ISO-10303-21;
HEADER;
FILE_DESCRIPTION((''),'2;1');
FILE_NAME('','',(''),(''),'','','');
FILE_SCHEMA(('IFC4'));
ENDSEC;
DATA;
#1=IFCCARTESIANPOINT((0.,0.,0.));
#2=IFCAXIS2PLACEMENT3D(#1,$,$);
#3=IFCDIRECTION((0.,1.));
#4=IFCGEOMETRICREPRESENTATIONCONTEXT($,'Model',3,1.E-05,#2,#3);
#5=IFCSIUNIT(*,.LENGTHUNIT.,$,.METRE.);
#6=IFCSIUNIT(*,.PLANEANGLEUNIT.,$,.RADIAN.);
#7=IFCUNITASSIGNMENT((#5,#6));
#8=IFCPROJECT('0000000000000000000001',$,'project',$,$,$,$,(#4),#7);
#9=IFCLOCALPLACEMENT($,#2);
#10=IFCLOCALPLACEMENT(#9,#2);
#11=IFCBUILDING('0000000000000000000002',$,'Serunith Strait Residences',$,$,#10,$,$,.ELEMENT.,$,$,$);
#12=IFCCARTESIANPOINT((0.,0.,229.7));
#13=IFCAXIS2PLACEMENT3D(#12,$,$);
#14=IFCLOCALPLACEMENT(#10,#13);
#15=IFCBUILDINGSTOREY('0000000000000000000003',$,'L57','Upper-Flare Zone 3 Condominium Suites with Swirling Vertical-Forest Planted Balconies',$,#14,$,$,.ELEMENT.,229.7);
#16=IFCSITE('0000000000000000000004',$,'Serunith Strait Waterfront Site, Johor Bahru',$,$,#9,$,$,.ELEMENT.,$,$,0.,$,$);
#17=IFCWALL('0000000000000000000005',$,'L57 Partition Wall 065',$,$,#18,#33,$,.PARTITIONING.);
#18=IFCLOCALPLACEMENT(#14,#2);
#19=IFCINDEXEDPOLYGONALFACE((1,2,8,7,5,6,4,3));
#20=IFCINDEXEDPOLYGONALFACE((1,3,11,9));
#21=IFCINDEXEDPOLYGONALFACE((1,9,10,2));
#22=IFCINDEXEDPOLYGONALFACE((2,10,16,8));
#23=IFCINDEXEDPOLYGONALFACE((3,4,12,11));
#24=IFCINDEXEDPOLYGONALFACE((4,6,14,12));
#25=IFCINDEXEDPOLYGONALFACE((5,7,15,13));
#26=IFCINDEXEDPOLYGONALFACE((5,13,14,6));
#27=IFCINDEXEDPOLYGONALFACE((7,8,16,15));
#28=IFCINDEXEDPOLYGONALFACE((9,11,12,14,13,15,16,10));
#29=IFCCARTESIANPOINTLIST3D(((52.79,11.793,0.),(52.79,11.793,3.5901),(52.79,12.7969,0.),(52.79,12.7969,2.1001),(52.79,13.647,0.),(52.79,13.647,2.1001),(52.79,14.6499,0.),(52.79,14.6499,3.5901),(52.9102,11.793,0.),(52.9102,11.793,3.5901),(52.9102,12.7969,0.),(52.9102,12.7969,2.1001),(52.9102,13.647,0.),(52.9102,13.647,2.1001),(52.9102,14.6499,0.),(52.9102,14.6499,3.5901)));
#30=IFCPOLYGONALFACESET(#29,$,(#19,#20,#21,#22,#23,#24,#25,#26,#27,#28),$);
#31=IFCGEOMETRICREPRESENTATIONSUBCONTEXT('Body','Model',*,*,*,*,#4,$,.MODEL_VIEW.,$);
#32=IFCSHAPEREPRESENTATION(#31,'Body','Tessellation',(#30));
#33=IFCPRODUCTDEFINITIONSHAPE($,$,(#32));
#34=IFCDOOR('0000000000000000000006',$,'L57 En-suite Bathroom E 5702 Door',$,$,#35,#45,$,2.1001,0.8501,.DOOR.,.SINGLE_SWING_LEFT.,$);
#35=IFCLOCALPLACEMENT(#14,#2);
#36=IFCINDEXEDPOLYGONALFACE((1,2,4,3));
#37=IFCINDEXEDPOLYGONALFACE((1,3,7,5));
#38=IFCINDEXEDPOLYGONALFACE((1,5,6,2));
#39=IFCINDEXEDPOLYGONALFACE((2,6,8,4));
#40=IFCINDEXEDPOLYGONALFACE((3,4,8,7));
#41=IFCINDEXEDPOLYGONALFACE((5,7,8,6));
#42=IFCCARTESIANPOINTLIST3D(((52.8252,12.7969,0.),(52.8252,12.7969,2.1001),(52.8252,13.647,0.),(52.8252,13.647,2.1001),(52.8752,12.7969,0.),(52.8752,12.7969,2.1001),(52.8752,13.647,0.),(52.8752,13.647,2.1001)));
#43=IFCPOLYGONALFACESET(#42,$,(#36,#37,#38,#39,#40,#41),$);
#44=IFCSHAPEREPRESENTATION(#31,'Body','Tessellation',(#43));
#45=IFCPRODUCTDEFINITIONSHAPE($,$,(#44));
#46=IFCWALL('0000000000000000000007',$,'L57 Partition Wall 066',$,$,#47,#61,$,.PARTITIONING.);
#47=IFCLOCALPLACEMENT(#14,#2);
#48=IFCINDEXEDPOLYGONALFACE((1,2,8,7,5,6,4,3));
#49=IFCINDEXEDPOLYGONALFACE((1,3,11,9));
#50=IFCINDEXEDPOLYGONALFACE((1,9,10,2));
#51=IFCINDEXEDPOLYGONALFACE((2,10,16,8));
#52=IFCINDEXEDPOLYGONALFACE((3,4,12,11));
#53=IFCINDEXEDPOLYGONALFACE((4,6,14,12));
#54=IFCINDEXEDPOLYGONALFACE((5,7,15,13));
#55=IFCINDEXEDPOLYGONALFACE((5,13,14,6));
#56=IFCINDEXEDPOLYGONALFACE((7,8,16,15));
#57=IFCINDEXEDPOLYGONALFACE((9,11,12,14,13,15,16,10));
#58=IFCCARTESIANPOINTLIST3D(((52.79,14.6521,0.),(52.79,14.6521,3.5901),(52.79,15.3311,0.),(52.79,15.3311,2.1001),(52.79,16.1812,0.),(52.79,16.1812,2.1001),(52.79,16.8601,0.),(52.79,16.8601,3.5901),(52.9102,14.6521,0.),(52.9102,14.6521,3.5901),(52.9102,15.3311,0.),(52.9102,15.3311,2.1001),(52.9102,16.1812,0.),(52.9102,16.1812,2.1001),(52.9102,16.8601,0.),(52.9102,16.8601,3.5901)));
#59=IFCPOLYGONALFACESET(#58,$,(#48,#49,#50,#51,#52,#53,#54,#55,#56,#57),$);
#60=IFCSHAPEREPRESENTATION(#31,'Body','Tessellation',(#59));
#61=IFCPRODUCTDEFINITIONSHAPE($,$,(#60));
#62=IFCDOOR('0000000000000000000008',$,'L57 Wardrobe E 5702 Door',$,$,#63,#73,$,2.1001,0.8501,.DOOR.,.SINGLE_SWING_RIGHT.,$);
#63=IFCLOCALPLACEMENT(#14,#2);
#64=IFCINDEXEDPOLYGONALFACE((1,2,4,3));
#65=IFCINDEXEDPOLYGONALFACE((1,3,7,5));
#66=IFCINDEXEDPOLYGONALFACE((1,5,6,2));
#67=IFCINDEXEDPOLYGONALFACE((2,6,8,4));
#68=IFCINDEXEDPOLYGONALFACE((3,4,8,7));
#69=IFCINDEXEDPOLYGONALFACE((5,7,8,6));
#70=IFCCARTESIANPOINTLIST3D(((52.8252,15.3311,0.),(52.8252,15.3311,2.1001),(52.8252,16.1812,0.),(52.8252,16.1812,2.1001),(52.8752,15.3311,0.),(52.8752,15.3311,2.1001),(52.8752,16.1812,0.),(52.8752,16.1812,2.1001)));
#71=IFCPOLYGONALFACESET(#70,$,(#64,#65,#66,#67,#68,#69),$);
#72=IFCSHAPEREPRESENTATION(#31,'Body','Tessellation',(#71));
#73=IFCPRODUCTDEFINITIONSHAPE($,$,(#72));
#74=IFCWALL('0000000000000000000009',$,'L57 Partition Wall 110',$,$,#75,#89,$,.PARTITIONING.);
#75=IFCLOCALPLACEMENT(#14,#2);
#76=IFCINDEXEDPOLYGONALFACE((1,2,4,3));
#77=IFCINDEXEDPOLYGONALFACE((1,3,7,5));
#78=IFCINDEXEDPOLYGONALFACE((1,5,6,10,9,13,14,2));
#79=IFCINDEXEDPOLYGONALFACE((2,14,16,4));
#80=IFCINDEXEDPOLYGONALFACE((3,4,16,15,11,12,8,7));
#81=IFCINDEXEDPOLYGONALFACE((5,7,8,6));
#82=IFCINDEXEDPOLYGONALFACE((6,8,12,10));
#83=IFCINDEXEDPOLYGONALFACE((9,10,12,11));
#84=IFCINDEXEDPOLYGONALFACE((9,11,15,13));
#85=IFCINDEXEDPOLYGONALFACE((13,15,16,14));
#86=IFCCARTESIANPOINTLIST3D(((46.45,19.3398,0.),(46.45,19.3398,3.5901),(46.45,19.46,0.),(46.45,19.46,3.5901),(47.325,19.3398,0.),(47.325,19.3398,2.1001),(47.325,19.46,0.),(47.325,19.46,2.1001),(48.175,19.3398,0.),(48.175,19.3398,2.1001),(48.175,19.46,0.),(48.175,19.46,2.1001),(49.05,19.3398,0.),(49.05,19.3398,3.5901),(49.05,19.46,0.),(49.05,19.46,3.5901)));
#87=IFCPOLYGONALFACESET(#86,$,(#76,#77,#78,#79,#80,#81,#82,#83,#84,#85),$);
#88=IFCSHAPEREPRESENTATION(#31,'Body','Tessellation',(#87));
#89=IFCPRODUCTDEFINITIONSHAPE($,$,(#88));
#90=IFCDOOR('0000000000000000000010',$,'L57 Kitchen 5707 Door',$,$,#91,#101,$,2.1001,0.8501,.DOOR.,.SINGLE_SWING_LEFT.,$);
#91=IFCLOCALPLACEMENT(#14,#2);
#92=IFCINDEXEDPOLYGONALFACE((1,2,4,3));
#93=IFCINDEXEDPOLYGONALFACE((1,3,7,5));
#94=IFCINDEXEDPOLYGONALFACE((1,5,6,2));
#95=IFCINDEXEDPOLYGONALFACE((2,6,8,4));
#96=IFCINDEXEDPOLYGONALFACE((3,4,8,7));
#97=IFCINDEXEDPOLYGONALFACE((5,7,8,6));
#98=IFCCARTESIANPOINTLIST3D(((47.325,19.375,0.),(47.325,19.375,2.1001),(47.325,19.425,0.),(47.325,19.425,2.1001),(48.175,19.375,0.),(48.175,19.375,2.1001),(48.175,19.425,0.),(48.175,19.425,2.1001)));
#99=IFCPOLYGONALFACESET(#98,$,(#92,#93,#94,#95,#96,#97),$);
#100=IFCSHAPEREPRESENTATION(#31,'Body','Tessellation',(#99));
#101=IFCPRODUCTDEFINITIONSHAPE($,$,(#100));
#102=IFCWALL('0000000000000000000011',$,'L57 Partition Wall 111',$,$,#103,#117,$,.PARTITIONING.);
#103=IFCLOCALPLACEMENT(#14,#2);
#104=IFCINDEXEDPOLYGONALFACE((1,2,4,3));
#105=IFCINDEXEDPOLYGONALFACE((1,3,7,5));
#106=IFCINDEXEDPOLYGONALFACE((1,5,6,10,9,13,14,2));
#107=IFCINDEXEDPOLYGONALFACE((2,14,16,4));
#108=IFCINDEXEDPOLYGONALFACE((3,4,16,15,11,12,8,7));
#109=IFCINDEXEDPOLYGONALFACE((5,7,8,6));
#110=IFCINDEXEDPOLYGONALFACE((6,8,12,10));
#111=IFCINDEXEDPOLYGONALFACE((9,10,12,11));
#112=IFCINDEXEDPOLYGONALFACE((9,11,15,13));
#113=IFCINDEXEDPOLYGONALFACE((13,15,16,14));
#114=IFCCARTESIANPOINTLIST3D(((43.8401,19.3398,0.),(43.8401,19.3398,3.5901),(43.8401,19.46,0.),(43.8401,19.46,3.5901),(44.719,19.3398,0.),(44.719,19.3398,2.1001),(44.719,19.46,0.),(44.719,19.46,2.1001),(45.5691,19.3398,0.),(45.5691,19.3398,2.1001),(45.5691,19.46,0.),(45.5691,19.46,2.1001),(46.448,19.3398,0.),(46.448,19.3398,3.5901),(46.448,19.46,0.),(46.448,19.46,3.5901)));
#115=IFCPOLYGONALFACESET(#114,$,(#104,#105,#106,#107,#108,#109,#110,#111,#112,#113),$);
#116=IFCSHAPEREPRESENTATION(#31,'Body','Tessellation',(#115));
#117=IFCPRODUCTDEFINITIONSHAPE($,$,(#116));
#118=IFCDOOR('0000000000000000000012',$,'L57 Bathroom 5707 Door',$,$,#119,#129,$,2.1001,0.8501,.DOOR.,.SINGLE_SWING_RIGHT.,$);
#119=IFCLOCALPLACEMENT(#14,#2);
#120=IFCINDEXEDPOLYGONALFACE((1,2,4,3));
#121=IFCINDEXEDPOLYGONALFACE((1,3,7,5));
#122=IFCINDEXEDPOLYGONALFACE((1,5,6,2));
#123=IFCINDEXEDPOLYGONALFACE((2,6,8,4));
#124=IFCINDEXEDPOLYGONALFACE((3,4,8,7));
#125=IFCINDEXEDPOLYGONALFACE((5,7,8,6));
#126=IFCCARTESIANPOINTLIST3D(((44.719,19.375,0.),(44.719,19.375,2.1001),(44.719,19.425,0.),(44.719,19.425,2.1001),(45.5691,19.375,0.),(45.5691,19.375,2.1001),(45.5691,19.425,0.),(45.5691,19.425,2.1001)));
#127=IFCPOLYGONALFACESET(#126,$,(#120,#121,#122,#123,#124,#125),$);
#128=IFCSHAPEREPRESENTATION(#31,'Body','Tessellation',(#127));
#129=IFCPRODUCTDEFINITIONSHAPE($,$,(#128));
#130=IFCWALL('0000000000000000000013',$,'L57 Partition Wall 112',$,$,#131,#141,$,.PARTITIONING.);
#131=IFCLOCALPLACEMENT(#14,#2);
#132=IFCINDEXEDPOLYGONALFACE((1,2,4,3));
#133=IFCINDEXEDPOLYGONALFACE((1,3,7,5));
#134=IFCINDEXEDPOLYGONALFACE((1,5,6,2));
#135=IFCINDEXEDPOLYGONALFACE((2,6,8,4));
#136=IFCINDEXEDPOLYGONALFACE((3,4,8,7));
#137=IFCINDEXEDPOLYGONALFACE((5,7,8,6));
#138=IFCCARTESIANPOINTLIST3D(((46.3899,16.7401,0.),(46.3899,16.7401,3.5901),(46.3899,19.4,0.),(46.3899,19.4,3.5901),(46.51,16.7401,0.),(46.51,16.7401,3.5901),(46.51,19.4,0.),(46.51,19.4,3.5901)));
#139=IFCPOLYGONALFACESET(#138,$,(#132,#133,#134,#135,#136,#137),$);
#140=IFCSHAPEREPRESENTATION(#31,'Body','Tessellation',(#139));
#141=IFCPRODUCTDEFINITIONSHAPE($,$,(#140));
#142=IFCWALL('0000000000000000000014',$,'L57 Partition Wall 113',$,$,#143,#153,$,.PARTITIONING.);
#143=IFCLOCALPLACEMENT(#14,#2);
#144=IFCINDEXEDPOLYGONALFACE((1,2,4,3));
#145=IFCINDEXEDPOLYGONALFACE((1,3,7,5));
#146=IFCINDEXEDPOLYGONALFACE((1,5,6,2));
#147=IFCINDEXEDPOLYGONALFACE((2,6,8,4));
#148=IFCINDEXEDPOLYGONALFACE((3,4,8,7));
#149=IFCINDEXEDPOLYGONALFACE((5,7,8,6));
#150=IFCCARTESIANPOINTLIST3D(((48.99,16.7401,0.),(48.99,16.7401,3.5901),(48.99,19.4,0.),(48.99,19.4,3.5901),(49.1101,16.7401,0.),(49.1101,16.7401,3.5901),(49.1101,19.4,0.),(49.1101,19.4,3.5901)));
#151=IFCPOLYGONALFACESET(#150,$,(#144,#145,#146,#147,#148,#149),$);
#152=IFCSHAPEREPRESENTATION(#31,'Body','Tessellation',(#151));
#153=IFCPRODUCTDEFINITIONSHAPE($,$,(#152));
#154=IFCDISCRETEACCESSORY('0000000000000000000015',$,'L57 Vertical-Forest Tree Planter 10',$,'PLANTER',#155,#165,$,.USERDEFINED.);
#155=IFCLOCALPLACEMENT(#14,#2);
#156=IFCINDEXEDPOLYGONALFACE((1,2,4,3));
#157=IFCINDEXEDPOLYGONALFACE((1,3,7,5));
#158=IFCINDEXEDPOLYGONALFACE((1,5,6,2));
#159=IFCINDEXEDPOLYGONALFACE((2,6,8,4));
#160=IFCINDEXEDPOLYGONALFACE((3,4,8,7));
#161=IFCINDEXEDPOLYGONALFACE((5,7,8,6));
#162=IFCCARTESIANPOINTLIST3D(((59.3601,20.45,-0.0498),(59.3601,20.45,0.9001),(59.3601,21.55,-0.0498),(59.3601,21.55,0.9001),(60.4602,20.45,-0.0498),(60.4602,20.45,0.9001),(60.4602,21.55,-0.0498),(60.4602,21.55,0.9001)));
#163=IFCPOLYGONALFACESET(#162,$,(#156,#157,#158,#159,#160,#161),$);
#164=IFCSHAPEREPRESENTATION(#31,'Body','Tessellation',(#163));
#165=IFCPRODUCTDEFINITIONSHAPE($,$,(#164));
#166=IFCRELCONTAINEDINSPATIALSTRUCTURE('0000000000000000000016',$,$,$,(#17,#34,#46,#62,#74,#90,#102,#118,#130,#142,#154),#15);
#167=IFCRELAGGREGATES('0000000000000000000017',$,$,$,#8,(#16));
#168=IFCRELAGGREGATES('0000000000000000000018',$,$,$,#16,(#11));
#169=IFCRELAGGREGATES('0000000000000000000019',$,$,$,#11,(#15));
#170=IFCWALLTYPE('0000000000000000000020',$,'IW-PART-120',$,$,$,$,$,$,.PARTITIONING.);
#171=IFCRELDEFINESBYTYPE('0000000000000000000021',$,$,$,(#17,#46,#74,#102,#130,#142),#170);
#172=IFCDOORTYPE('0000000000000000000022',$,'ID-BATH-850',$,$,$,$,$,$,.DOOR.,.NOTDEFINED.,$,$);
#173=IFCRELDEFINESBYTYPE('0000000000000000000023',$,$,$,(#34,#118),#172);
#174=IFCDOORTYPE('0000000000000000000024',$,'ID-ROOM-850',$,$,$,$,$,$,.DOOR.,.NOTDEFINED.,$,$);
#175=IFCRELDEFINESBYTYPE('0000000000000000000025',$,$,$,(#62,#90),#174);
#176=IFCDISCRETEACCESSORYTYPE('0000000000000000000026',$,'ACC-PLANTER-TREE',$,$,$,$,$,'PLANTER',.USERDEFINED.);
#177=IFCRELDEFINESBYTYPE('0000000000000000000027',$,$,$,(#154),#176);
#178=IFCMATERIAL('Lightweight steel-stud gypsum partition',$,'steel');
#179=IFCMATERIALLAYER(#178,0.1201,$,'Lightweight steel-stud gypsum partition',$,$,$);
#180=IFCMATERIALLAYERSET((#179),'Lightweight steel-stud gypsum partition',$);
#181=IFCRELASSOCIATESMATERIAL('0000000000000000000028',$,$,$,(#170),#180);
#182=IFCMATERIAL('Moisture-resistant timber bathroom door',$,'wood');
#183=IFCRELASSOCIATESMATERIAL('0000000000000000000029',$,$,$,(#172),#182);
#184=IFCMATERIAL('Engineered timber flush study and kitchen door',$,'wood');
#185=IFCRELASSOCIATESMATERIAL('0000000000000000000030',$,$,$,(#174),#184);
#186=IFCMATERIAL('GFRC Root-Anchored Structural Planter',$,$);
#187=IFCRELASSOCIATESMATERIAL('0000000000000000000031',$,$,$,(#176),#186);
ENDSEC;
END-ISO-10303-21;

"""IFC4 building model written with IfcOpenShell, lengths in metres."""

from ifc_helpers import new_model, si_unit, direction, frame, frame_2d, origin, origin_2d, place, context, subcontext, project, spatial, rectangle, extrude, source, transform, mapped, material, layer, layer_set, type_object, element, fill, save


model = new_model("IFC4")

# Units and contexts
model_context = context("Model", 3, precision=1e-05, world=origin(), true_north=direction((0.0, 1.0)))
body_context = subcontext(model_context, "Body", "Model", "MODEL_VIEW")
ifc_project = project(units=[si_unit("LENGTHUNIT", "METRE"), si_unit("PLANEANGLEUNIT", "RADIAN")], contexts=[model_context])

# Site, building, storey
site_placement = place(None, origin())
site = spatial("IfcSite", under=ifc_project, at=site_placement, Name="Serunith Strait Waterfront Site, Johor Bahru", CompositionType="ELEMENT", RefElevation=0.0)
building_placement = place(site_placement, origin())
building = spatial("IfcBuilding", under=site, at=building_placement, Name="Serunith Strait Residences", CompositionType="ELEMENT")
storey_placement = place(building_placement, frame((0.0, 0.0, 229.7)))
storey = spatial("IfcBuildingStorey", under=building, at=storey_placement, Name="L57", Description="Upper-Flare Zone 3 Condominium Suites with Swirling Vertical-Forest Planted Balconies", CompositionType="ELEMENT", Elevation=229.7)

# Shared definitions
ifc_material_1 = material(Name="Lightweight steel-stud gypsum partition", Category="steel")
ifc_layer_1 = layer(ifc_material_1, 0.1201, Name="Lightweight steel-stud gypsum partition")
ifc_layer_set_1 = layer_set([ifc_layer_1], Name="Lightweight steel-stud gypsum partition")
wall_type = type_object("IfcWallType", Name="IW-PART-120", PredefinedType="PARTITIONING", material=ifc_layer_set_1)
ifc_material_2 = material(Name="Moisture-resistant timber bathroom door", Category="wood")
door_type_1 = type_object("IfcDoorType", Name="ID-BATH-850", OperationType="NOTDEFINED", PredefinedType="DOOR", material=ifc_material_2)
shared_shape_1 = source(origin(), body_context, "Body", "SweptSolid", [
    extrude(rectangle(XDim=0.8501, YDim=2.1001, at=frame_2d((0.425, 1.05))), frame((0.0, 0.0249, 0.0), z_axis=(0.0, -1.0, 0.0), x_axis=(1.0, 0.0, 0.0)), (0.0, 0.0, 1.0), 0.05),
])
ifc_material_3 = material(Name="Engineered timber flush study and kitchen door", Category="wood")
door_type_2 = type_object("IfcDoorType", Name="ID-ROOM-850", OperationType="NOTDEFINED", PredefinedType="DOOR", material=ifc_material_3)

# Walls, openings, doors
wall_1_placement = place(storey_placement, frame((52.8501, 11.793, 0.0), z_axis=(0.0, 0.0, 1.0), x_axis=(0.0, 1.0, 0.0)))
wall_1 = element("IfcWall", 1, at=wall_1_placement, inside=storey, type_object=wall_type, Name="L57 Partition Wall 065", PredefinedType="PARTITIONING", context=body_context, shape_type="SweptSolid", body=[
    extrude(rectangle(XDim=2.8569, YDim=0.1201, at=frame_2d((1.4285, 0.0))), origin(), (0.0, 0.0, 1.0), 3.5901),
])
opening_1_placement = place(wall_1_placement, frame((1.0039, 0.0, 0.0)))
opening_1 = element("IfcOpeningElement", 2, at=opening_1_placement, cuts=wall_1, PredefinedType="OPENING", context=body_context, shape_type="SweptSolid", body=[
    extrude(rectangle(XDim=0.8501, YDim=2.1001, at=frame_2d((0.425, 1.05))), frame((0.0, 0.0701, 0.0), z_axis=(0.0, -1.0, 0.0), x_axis=(1.0, 0.0, 0.0)), (0.0, 0.0, 1.0), 0.1401),
])
door_1_placement = place(opening_1_placement, origin())
door_1 = element("IfcDoor", 3, at=door_1_placement, inside=storey, type_object=door_type_1, Name="L57 En-suite Bathroom E 5702 Door", OperationType="SINGLE_SWING_LEFT", OverallHeight=2.1001, OverallWidth=0.8501, PredefinedType="DOOR", context=body_context, shape_type="MappedRepresentation", body=[
    mapped(shared_shape_1, transform((0.0, 0.0, 0.0), scale=1.0)),
])
fill(opening_1, door_1)
wall_2_placement = place(storey_placement, frame((52.8501, 14.6521, 0.0), z_axis=(0.0, 0.0, 1.0), x_axis=(0.0, 1.0, 0.0)))
wall_2 = element("IfcWall", 4, at=wall_2_placement, inside=storey, type_object=wall_type, Name="L57 Partition Wall 066", PredefinedType="PARTITIONING", context=body_context, shape_type="SweptSolid", body=[
    extrude(rectangle(XDim=2.208, YDim=0.1201, at=frame_2d((1.104, 0.0))), origin(), (0.0, 0.0, 1.0), 3.5901),
])
opening_2_placement = place(wall_2_placement, frame((0.679, 0.0, 0.0)))
opening_2 = element("IfcOpeningElement", 5, at=opening_2_placement, cuts=wall_2, PredefinedType="OPENING", context=body_context, shape_type="SweptSolid", body=[
    extrude(rectangle(XDim=0.8501, YDim=2.1001, at=frame_2d((0.425, 1.05))), frame((0.0, 0.0701, 0.0), z_axis=(0.0, -1.0, 0.0), x_axis=(1.0, 0.0, 0.0)), (0.0, 0.0, 1.0), 0.1401),
])
door_2_placement = place(opening_2_placement, origin())
door_2 = element("IfcDoor", 6, at=door_2_placement, inside=storey, type_object=door_type_2, Name="L57 Wardrobe E 5702 Door", OperationType="SINGLE_SWING_RIGHT", OverallHeight=2.1001, OverallWidth=0.8501, PredefinedType="DOOR", context=body_context, shape_type="MappedRepresentation", body=[
    mapped(shared_shape_1, transform((0.0, 0.0, 0.0), scale=1.0)),
])
fill(opening_2, door_2)
wall_3_placement = place(storey_placement, frame((49.05, 19.3999, 0.0), z_axis=(0.0, 0.0, 1.0), x_axis=(-1.0, 0.0, 0.0)))
wall_3 = element("IfcWall", 7, at=wall_3_placement, inside=storey, type_object=wall_type, Name="L57 Partition Wall 110", PredefinedType="PARTITIONING", context=body_context, shape_type="SweptSolid", body=[
    extrude(rectangle(XDim=2.6001, YDim=0.1201, at=frame_2d((1.3, 0.0))), origin(), (0.0, 0.0, 1.0), 3.5901),
])
opening_3_placement = place(wall_3_placement, frame((0.875, 0.0, 0.0)))
opening_3 = element("IfcOpeningElement", 8, at=opening_3_placement, cuts=wall_3, PredefinedType="OPENING", context=body_context, shape_type="SweptSolid", body=[
    extrude(rectangle(XDim=0.8501, YDim=2.1001, at=frame_2d((0.425, 1.05))), frame((0.0, 0.0701, 0.0), z_axis=(0.0, -1.0, 0.0), x_axis=(1.0, 0.0, 0.0)), (0.0, 0.0, 1.0), 0.1401),
])
door_3_placement = place(opening_3_placement, origin())
door_3 = element("IfcDoor", 9, at=door_3_placement, inside=storey, type_object=door_type_2, Name="L57 Kitchen 5707 Door", OperationType="SINGLE_SWING_LEFT", OverallHeight=2.1001, OverallWidth=0.8501, PredefinedType="DOOR", context=body_context, shape_type="MappedRepresentation", body=[
    mapped(shared_shape_1, transform((0.0, 0.0, 0.0), scale=1.0)),
])
fill(opening_3, door_3)
wall_4_placement = place(storey_placement, frame((46.448, 19.3999, 0.0), z_axis=(0.0, 0.0, 1.0), x_axis=(-1.0, 0.0, 0.0)))
wall_4 = element("IfcWall", 10, at=wall_4_placement, inside=storey, type_object=wall_type, Name="L57 Partition Wall 111", PredefinedType="PARTITIONING", context=body_context, shape_type="SweptSolid", body=[
    extrude(rectangle(XDim=2.6079, YDim=0.1201, at=frame_2d((1.304, 0.0))), origin(), (0.0, 0.0, 1.0), 3.5901),
])
opening_4_placement = place(wall_4_placement, frame((0.8789, 0.0, 0.0)))
opening_4 = element("IfcOpeningElement", 11, at=opening_4_placement, cuts=wall_4, PredefinedType="OPENING", context=body_context, shape_type="SweptSolid", body=[
    extrude(rectangle(XDim=0.8501, YDim=2.1001, at=frame_2d((0.425, 1.05))), frame((0.0, 0.0701, 0.0), z_axis=(0.0, -1.0, 0.0), x_axis=(1.0, 0.0, 0.0)), (0.0, 0.0, 1.0), 0.1401),
])
door_4_placement = place(opening_4_placement, origin())
door_4 = element("IfcDoor", 12, at=door_4_placement, inside=storey, type_object=door_type_1, Name="L57 Bathroom 5707 Door", OperationType="SINGLE_SWING_RIGHT", OverallHeight=2.1001, OverallWidth=0.8501, PredefinedType="DOOR", context=body_context, shape_type="MappedRepresentation", body=[
    mapped(shared_shape_1, transform((0.0, 0.0, 0.0), scale=1.0)),
])
fill(opening_4, door_4)

# Walls
for number, where, z_axis, x_axis, name in (
    (13, (46.45, 16.74, 0.0), (0.0, 0.0, 1.0), (0.0, 1.0, 0.0), "L57 Partition Wall 112"),
    (14, (49.05, 16.74, 0.0), (0.0, 0.0, 1.0), (0.0, 1.0, 0.0), "L57 Partition Wall 113"),
):
    element("IfcWall", number, at=place(storey_placement, frame(where, z_axis=z_axis, x_axis=x_axis)), inside=storey, type_object=wall_type, Name=name, PredefinedType="PARTITIONING", context=body_context, shape_type="SweptSolid", body=[
        extrude(rectangle(XDim=2.6599, YDim=0.1201, at=frame_2d((1.3301, 0.0))), origin(), (0.0, 0.0, 1.0), 3.5901),
    ])

# Discrete accessory
ifc_material_4 = material(Name="GFRC Root-Anchored Structural Planter")
discrete_accessory_type = type_object("IfcDiscreteAccessoryType", Name="ACC-PLANTER-TREE", ElementType="PLANTER", PredefinedType="USERDEFINED", material=ifc_material_4)
shared_shape_2 = source(origin(), body_context, "Body", "SweptSolid", [
    extrude(rectangle(XDim=1.1001, YDim=1.1001, at=origin_2d()), origin(), (0.0, 0.0, 1.0), 0.95),
])
discrete_accessory_placement = place(storey_placement, frame((59.9102, 21.0, -0.0498), z_axis=(0.0, 0.0, 1.0), x_axis=(0.0, 1.0, 0.0)))
element("IfcDiscreteAccessory", 15, at=discrete_accessory_placement, inside=storey, type_object=discrete_accessory_type, Name="L57 Vertical-Forest Tree Planter 10", ObjectType="PLANTER", PredefinedType="USERDEFINED", context=body_context, shape_type="MappedRepresentation", body=[
    mapped(shared_shape_2, transform((0.0, 0.0, 0.0), scale=1.0)),
])

save(model, "model.ifc")
